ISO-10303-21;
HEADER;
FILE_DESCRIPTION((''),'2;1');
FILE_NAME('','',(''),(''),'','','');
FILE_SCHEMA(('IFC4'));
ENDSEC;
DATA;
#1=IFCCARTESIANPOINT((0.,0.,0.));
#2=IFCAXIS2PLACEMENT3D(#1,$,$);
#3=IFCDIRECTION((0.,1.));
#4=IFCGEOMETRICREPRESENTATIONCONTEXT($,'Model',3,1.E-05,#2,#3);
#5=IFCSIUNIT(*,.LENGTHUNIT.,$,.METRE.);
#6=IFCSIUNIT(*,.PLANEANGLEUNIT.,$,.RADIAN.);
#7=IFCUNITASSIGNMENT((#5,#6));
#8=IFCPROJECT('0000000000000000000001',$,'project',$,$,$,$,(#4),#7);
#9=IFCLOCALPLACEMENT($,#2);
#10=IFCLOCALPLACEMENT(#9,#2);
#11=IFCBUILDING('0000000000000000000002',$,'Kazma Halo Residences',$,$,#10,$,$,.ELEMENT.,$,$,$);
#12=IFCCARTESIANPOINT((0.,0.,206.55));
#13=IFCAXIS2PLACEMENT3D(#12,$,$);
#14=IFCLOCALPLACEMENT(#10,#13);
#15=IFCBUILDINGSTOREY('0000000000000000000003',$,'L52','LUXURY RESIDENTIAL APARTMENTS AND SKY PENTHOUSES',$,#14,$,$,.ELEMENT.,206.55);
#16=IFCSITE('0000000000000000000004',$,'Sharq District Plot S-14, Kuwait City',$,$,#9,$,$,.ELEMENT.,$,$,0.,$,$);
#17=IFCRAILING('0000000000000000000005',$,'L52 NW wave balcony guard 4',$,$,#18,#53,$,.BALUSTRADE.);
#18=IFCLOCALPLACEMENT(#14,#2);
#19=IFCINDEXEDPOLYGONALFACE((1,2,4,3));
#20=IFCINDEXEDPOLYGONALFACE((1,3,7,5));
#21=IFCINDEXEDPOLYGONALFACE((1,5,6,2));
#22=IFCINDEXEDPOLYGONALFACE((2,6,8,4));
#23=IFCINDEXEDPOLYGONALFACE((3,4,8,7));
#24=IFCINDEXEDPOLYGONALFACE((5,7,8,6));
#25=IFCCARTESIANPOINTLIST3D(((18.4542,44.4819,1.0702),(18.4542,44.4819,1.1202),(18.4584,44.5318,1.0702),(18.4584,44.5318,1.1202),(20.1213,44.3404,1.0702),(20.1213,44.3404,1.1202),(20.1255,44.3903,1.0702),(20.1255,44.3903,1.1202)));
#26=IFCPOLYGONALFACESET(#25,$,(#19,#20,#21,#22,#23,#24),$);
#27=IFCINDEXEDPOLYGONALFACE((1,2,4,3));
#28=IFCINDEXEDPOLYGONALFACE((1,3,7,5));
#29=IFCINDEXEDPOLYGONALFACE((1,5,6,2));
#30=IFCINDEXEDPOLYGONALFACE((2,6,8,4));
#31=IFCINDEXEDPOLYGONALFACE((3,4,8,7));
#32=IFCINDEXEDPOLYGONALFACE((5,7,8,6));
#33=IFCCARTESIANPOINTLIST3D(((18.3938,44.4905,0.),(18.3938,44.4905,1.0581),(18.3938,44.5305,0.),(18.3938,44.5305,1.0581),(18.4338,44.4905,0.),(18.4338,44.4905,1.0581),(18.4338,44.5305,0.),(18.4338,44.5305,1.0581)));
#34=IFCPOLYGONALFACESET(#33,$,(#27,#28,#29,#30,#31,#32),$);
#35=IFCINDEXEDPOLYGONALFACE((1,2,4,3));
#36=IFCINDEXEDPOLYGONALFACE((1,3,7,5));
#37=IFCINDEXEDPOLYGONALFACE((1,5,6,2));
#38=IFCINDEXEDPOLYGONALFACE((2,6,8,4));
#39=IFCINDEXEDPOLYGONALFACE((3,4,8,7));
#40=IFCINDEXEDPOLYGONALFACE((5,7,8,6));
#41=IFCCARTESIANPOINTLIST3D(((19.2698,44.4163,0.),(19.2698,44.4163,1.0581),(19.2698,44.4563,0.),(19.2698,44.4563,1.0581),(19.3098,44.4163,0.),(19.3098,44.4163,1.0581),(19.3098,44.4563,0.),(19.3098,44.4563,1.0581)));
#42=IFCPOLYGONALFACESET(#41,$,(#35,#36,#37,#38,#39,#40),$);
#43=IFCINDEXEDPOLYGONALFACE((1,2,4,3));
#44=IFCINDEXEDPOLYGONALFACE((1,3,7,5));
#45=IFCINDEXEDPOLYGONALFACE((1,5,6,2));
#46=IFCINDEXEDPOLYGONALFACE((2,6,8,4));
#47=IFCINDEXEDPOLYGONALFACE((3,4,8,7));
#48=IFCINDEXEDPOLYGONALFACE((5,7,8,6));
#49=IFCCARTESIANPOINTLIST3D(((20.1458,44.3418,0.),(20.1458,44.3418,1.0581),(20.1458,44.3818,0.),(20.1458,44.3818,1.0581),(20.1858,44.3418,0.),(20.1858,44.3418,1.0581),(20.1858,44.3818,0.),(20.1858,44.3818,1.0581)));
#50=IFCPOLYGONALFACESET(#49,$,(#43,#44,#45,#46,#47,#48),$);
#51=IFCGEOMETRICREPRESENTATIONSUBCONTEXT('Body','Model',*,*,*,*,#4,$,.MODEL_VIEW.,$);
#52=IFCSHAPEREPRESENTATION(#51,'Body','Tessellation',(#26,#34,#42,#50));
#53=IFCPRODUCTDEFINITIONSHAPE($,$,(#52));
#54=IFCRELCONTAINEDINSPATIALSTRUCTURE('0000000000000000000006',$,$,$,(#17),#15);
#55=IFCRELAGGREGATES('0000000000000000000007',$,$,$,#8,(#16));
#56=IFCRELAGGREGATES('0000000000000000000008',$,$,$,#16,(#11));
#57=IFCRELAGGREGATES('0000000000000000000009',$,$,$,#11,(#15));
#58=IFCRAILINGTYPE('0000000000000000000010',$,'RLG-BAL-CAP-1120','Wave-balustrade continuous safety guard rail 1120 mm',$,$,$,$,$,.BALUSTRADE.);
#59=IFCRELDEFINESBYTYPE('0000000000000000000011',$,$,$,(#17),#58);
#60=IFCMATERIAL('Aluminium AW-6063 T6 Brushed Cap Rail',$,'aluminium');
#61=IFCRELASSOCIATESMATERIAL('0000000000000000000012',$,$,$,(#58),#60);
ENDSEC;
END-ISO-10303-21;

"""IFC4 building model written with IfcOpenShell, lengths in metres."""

from ifc_helpers import new_model, si_unit, direction, frame, origin, origin_2d, place, context, subcontext, project, spatial, rectangle, extrude, material, type_object, element, save


model = new_model("IFC4")

# Units and contexts
model_context = context("Model", 3, precision=1e-05, world=origin(), true_north=direction((0.0, 1.0)))
body_context = subcontext(model_context, "Body", "Model", "MODEL_VIEW")
ifc_project = project(units=[si_unit("LENGTHUNIT", "METRE"), si_unit("PLANEANGLEUNIT", "RADIAN")], contexts=[model_context])

# Site, building, storey
site_placement = place(None, origin())
site = spatial("IfcSite", under=ifc_project, at=site_placement, Name="Sharq District Plot S-14, Kuwait City", CompositionType="ELEMENT", RefElevation=0.0)
building_placement = place(site_placement, origin())
building = spatial("IfcBuilding", under=site, at=building_placement, Name="Kazma Halo Residences", CompositionType="ELEMENT")
storey_placement = place(building_placement, frame((0.0, 0.0, 206.55)))
storey = spatial("IfcBuildingStorey", under=building, at=storey_placement, Name="L52", Description="LUXURY RESIDENTIAL APARTMENTS AND SKY PENTHOUSES", CompositionType="ELEMENT", Elevation=206.55)

# Railing
ifc_material_1 = material(Name="Aluminium AW-6063 T6 Brushed Cap Rail", Category="aluminium")
railing_type = type_object("IfcRailingType", Name="RLG-BAL-CAP-1120", Description="Wave-balustrade continuous safety guard rail 1120 mm", PredefinedType="BALUSTRADE", material=ifc_material_1)
railing_placement = place(storey_placement, frame((18.4138, 44.5105, 0.0)))
element("IfcRailing", 1, at=railing_placement, inside=storey, type_object=railing_type, Name="L52 NW wave balcony guard 4", PredefinedType="BALUSTRADE", context=body_context, shape_type="SweptSolid", body=[
    extrude(rectangle(XDim=0.05, YDim=0.05, at=origin_2d()), frame((0.0425, -0.0037, 1.0952), z_axis=(0.996418, -0.084562, 0.0), x_axis=(0.084562, 0.996418, 0.0)), (0.0, 0.0, 1.0), 1.6731),
    extrude(rectangle(XDim=0.04, YDim=0.04, at=origin_2d()), origin(), (0.0, 0.0, 1.0), 1.0581),
    extrude(rectangle(XDim=0.04, YDim=0.04, at=origin_2d()), frame((0.876, -0.0742, 0.0)), (0.0, 0.0, 1.0), 1.0581),
    extrude(rectangle(XDim=0.04, YDim=0.04, at=origin_2d()), frame((1.752, -0.1487, 0.0)), (0.0, 0.0, 1.0), 1.0581),
])

save(model, "model.ifc")
